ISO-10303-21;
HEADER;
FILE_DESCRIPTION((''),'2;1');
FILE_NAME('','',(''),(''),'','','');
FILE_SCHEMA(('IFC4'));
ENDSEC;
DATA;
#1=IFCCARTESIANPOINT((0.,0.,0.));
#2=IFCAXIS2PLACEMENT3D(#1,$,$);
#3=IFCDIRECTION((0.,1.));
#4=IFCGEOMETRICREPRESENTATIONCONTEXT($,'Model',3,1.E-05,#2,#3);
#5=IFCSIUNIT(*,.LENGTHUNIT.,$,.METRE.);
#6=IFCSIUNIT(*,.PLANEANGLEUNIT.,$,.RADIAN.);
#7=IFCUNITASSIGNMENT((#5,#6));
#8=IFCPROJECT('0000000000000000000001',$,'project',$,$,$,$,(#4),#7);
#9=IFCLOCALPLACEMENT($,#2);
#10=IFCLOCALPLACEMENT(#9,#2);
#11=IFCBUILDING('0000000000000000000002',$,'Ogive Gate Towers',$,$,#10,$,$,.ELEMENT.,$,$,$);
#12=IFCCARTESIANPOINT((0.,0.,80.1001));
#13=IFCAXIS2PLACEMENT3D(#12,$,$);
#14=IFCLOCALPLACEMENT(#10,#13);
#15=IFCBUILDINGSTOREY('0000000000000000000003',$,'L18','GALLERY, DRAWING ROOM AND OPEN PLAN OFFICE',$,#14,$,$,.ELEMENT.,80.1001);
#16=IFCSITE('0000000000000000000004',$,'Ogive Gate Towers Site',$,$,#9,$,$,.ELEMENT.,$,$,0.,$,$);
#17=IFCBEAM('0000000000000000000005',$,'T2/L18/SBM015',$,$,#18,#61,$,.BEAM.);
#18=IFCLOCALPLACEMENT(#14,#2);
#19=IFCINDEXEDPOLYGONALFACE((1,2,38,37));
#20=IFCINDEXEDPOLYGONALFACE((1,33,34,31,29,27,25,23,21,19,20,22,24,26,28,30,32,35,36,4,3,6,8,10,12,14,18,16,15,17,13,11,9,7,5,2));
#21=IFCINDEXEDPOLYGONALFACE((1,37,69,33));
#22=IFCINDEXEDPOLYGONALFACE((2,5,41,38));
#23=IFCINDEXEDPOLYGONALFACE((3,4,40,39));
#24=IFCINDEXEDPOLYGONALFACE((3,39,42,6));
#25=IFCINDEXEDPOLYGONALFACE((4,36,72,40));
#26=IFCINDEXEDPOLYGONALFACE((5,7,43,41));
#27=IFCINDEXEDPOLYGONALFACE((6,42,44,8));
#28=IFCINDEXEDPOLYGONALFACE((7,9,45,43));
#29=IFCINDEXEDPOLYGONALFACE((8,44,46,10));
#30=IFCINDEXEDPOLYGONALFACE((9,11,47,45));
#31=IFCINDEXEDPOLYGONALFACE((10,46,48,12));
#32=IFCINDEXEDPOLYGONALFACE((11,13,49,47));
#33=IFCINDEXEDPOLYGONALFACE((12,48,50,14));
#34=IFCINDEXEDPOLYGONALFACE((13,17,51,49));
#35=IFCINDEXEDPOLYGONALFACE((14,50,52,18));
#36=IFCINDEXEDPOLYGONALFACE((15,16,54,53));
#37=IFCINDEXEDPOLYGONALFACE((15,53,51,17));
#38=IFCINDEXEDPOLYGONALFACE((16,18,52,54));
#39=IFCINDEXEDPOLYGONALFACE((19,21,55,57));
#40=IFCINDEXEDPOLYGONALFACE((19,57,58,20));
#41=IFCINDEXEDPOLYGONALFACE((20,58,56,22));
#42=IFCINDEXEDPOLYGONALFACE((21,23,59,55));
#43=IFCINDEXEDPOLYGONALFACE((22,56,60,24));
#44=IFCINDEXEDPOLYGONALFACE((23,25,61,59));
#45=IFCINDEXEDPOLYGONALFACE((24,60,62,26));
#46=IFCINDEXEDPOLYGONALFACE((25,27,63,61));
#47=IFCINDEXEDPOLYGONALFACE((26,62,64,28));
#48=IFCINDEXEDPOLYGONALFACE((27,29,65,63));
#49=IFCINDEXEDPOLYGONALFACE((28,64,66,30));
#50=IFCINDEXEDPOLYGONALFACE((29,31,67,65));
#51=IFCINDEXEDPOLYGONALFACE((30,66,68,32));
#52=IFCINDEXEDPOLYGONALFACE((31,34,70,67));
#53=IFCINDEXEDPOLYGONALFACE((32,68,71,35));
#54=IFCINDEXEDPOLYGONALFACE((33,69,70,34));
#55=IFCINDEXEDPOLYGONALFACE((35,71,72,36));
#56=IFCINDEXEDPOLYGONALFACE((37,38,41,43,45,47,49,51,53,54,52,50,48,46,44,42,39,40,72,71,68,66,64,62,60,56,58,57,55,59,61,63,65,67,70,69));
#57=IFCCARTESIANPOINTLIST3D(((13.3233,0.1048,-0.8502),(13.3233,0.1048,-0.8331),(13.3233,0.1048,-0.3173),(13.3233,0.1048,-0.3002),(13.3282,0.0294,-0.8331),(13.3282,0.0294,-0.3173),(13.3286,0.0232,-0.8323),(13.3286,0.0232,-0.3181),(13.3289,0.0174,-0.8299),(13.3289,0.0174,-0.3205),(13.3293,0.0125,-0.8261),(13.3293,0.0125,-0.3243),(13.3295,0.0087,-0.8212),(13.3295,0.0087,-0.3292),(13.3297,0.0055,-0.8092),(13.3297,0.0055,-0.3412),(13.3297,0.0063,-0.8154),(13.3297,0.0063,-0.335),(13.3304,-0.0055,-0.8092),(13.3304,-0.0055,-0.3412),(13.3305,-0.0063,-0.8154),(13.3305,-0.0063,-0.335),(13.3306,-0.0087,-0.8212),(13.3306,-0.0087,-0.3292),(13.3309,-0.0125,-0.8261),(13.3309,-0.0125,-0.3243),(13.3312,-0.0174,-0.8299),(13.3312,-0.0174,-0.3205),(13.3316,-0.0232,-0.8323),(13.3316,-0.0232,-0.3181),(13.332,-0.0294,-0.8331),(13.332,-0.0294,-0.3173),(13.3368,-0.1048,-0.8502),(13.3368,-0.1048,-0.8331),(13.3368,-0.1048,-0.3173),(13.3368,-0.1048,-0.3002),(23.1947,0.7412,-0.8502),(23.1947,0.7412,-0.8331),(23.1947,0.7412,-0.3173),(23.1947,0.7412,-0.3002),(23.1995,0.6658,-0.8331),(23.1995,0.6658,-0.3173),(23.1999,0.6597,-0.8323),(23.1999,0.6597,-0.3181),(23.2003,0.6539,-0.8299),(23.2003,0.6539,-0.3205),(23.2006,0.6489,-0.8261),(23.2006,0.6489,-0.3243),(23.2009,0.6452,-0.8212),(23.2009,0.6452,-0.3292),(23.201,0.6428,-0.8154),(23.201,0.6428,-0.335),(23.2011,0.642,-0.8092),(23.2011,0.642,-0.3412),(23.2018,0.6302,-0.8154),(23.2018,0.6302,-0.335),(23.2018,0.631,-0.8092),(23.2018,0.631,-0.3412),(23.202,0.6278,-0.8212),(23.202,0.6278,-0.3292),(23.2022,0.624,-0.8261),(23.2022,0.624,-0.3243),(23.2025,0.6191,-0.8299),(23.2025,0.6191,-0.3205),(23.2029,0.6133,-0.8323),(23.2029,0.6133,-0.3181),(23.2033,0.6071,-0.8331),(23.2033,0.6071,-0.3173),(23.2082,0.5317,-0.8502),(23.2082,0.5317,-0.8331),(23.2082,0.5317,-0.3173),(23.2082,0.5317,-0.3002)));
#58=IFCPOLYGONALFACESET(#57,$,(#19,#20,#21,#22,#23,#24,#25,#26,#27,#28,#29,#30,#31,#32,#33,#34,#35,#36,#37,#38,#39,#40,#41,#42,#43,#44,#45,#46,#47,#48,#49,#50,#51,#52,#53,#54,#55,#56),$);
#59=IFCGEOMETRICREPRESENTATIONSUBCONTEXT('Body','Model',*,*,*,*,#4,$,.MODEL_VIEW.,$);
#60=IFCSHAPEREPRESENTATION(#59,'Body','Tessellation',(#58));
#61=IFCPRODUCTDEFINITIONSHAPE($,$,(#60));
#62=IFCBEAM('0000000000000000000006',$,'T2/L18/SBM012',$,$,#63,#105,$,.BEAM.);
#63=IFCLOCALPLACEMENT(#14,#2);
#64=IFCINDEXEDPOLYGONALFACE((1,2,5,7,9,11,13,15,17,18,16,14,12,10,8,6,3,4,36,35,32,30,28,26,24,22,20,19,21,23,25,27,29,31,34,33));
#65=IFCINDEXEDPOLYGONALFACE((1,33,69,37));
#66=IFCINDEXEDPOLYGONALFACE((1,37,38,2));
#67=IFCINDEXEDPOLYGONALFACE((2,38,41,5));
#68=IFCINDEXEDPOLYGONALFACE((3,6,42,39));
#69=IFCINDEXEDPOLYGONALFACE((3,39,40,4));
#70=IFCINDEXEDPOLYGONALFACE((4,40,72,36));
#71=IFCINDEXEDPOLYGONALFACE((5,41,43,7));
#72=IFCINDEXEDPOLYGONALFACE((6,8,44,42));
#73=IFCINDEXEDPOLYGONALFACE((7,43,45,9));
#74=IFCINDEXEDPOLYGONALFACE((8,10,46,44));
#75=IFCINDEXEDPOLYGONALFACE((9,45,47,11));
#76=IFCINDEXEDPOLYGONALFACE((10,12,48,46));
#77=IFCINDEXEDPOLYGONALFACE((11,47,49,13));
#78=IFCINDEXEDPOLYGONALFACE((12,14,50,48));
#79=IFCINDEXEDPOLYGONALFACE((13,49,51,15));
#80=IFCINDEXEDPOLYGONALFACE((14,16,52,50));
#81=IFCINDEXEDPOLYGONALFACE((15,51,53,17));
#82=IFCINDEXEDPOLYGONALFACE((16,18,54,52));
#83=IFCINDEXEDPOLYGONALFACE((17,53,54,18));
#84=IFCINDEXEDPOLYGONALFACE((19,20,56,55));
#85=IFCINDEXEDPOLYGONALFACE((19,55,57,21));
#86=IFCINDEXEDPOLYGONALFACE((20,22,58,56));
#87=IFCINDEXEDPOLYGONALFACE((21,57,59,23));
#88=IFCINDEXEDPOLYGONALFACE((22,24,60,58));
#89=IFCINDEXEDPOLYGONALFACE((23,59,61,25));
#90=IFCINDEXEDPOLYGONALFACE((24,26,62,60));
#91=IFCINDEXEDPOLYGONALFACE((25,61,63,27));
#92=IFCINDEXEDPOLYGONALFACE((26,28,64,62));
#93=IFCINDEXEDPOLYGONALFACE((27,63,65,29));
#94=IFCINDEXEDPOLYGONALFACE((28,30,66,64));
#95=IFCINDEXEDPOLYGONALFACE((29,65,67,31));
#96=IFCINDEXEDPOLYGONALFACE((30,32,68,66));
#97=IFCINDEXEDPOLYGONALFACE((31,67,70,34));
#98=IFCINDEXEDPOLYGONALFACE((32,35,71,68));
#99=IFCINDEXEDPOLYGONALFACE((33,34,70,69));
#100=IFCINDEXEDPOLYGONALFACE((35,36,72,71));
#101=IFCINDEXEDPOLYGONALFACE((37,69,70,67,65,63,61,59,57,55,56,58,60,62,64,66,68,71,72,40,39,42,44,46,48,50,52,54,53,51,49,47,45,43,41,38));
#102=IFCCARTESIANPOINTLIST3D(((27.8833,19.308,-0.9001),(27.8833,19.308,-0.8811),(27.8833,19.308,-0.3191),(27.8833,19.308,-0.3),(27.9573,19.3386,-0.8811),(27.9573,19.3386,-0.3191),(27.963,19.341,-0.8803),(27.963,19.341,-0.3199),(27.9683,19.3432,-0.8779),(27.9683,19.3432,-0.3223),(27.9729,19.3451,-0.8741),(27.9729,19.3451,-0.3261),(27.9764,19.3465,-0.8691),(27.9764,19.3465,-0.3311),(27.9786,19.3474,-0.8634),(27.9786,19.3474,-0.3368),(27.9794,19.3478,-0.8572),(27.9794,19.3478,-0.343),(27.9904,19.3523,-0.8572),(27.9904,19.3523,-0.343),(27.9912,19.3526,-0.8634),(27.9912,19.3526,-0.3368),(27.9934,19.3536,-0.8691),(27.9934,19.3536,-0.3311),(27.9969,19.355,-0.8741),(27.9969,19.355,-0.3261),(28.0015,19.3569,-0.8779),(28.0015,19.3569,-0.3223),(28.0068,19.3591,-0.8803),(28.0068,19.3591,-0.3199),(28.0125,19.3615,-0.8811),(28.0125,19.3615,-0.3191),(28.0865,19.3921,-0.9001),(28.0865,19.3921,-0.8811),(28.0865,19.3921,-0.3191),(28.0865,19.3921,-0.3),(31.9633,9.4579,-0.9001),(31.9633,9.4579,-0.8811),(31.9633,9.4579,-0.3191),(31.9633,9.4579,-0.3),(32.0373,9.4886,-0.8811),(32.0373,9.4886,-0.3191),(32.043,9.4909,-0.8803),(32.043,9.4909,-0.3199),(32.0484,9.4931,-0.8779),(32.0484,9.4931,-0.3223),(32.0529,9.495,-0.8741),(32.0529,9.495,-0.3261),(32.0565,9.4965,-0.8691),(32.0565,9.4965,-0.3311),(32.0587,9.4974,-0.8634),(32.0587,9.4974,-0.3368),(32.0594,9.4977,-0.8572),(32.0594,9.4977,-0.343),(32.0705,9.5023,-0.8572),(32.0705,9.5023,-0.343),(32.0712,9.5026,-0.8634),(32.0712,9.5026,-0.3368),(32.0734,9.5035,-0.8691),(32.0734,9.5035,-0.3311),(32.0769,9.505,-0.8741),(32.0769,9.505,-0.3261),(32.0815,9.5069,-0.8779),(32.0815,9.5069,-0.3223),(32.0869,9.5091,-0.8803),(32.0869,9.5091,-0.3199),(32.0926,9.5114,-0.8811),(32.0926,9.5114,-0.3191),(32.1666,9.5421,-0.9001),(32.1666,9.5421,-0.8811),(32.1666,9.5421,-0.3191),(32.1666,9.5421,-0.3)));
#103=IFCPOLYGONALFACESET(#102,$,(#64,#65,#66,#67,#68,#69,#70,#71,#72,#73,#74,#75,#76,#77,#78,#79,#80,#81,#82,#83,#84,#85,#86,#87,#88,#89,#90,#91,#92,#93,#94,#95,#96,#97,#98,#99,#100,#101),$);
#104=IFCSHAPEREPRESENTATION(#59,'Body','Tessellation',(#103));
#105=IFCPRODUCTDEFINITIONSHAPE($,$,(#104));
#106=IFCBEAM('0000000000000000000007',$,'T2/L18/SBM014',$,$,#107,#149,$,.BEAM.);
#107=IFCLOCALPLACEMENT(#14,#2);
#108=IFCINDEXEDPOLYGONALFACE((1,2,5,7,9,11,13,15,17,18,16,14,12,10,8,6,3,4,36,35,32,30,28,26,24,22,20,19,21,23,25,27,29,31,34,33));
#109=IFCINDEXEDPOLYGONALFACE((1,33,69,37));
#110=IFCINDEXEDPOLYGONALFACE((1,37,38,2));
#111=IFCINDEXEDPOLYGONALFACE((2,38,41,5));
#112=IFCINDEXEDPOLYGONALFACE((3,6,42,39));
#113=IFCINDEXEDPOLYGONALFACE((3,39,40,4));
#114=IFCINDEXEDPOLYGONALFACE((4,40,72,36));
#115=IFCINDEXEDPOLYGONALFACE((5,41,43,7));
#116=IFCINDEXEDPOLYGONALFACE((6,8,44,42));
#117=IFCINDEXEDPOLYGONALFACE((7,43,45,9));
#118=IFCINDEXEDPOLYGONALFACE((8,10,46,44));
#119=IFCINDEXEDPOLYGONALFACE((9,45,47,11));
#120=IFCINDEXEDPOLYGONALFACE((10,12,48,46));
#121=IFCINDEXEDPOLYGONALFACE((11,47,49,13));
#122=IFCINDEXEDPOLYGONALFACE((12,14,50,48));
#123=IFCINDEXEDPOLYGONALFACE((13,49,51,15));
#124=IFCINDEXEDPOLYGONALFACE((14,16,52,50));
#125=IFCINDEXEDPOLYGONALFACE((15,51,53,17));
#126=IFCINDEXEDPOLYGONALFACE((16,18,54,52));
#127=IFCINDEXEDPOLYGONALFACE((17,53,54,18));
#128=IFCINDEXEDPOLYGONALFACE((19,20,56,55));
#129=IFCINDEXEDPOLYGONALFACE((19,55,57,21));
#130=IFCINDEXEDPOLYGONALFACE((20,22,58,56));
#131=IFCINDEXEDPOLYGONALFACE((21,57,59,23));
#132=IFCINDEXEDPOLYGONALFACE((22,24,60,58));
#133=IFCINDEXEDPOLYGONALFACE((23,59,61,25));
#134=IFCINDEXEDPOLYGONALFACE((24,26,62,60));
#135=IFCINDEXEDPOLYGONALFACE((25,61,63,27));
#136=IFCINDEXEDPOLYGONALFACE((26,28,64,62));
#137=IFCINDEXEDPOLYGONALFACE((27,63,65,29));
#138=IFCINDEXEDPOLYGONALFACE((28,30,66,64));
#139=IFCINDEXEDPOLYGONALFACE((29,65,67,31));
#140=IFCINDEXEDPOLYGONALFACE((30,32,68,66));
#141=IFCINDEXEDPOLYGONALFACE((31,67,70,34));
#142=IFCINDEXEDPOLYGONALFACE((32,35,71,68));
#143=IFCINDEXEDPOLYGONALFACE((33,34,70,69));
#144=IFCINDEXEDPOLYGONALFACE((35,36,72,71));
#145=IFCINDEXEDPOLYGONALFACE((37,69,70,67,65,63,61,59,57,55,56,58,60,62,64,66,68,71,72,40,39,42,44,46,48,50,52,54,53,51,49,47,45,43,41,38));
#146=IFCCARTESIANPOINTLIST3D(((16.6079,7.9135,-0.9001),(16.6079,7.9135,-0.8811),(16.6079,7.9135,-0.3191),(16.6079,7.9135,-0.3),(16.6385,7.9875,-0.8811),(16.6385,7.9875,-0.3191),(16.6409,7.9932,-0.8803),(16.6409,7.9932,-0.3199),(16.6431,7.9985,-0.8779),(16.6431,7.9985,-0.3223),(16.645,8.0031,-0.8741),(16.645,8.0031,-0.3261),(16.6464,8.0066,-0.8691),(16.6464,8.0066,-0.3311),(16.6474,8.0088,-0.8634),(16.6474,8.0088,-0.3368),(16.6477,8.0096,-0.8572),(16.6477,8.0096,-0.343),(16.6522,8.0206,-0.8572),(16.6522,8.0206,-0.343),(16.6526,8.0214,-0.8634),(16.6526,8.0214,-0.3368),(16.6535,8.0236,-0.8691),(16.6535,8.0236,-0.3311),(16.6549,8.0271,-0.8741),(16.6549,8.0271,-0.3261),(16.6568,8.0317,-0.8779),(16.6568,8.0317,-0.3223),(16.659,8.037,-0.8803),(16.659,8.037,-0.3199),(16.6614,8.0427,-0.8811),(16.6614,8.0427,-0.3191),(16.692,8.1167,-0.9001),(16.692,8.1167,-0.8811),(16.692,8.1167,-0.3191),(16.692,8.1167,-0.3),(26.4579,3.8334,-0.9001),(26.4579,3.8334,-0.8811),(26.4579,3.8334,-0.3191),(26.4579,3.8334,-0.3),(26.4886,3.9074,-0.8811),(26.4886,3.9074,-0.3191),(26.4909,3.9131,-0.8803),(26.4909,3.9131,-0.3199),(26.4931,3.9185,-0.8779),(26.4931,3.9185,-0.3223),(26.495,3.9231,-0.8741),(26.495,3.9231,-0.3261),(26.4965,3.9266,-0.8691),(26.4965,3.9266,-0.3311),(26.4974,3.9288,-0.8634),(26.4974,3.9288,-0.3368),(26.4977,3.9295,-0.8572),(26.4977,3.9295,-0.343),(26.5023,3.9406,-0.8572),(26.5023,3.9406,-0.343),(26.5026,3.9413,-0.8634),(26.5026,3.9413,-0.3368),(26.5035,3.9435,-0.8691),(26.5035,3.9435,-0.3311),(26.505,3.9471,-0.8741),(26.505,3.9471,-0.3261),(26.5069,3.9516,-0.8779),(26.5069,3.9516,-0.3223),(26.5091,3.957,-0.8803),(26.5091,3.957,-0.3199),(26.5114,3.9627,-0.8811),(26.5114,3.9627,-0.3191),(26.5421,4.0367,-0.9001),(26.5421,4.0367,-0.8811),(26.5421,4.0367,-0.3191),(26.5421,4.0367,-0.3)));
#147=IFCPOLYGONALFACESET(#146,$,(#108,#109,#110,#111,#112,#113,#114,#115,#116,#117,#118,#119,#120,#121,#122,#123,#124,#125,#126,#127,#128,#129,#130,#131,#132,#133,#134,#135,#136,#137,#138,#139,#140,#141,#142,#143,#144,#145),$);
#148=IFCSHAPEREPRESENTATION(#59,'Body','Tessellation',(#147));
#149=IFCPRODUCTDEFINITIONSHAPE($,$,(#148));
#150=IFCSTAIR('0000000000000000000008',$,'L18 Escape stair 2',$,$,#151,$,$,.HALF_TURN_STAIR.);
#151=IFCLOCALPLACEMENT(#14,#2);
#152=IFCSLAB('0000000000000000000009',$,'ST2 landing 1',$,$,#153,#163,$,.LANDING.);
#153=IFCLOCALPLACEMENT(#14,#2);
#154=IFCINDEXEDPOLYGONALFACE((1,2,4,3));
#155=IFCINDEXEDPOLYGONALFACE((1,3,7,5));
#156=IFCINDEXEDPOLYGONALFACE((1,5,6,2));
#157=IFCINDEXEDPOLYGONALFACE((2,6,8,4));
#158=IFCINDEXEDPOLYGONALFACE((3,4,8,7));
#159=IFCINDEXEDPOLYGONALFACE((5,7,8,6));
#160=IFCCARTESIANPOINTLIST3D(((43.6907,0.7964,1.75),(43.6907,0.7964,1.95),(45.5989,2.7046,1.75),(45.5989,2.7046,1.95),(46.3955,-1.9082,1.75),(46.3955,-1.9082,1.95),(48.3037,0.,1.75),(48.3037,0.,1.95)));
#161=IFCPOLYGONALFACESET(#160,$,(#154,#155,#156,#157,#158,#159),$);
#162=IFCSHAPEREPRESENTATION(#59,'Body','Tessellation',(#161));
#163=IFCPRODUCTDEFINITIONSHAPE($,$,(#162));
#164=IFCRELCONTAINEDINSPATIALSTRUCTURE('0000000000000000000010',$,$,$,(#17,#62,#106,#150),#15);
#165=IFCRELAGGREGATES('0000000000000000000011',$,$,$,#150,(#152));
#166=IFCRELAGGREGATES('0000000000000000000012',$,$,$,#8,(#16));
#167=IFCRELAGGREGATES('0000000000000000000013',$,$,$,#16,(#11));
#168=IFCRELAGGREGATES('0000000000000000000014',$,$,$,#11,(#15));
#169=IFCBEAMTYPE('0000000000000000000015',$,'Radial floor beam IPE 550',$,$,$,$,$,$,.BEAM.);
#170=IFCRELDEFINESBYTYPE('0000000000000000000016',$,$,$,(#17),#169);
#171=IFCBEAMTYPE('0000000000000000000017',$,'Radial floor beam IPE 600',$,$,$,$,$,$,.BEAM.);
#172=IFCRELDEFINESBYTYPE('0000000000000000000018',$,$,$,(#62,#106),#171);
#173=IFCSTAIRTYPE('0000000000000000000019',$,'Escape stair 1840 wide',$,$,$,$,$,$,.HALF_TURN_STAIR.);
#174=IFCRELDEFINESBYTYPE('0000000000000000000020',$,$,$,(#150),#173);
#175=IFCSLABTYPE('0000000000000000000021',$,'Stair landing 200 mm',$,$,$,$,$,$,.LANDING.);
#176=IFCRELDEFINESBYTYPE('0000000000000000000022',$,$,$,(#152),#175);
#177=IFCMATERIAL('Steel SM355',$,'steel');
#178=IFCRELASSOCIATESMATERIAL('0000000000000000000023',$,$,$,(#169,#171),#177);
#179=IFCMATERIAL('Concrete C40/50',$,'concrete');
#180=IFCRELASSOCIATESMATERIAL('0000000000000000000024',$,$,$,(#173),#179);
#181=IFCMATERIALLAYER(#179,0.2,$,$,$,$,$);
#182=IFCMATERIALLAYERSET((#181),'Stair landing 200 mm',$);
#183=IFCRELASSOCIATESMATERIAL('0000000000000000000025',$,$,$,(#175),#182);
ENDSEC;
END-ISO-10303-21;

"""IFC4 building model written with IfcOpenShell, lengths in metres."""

from ifc_helpers import new_model, si_unit, direction, frame, origin, origin_2d, place, context, subcontext, project, spatial, polyline, i_section, outline, extrude, material, layer, layer_set, material_profile, profile_set, type_object, element, aggregate, save


model = new_model("IFC4")

# Units and contexts
model_context = context("Model", 3, precision=1e-05, world=origin(), true_north=direction((0.0, 1.0)))
body_context = subcontext(model_context, "Body", "Model", "MODEL_VIEW")
ifc_project = project(units=[si_unit("LENGTHUNIT", "METRE"), si_unit("PLANEANGLEUNIT", "RADIAN")], contexts=[model_context])

# Site, building, storey
site_placement = place(None, origin())
site = spatial("IfcSite", under=ifc_project, at=site_placement, Name="Ogive Gate Towers Site", CompositionType="ELEMENT", RefElevation=0.0)
building_placement = place(site_placement, origin())
building = spatial("IfcBuilding", under=site, at=building_placement, Name="Ogive Gate Towers", CompositionType="ELEMENT")
storey_placement = place(building_placement, frame((0.0, 0.0, 80.1001)))
storey = spatial("IfcBuildingStorey", under=building, at=storey_placement, Name="L18", Description="GALLERY, DRAWING ROOM AND OPEN PLAN OFFICE", CompositionType="ELEMENT", Elevation=80.1001)

# Beams
ifc_material_1 = material(Name="Concrete C40/50", Category="concrete")
ifc_material_2 = material(Name="Steel SM355", Category="steel")
ifc_material_profile_1 = material_profile(ifc_material_2, i_section(OverallWidth=0.21, OverallDepth=0.55, WebThickness=0.011, FlangeThickness=0.0171, FilletRadius=0.0239, at=origin_2d()), Name="IPE 550")
ifc_profile_set_1 = profile_set([ifc_material_profile_1], Name="Steel SM355")
beam_type_1 = type_object("IfcBeamType", Name="Radial floor beam IPE 550", PredefinedType="BEAM", material=ifc_profile_set_1)
beam_1_placement = place(storey_placement, frame((23.2014, 0.6365, -0.5752), z_axis=(-0.997928, -0.064343, 0.0), x_axis=(0.064343, -0.997928, 0.0)))
element("IfcBeam", 1, at=beam_1_placement, inside=storey, type_object=beam_type_1, Name="T2/L18/SBM015", PredefinedType="BEAM", context=body_context, shape_type="SweptSolid", body=[
    extrude(i_section(OverallWidth=0.21, OverallDepth=0.55, WebThickness=0.011, FlangeThickness=0.0171, FilletRadius=0.0239, at=origin_2d()), origin(), (0.0, 0.0, 1.0), 9.8918),
])
ifc_material_profile_2 = material_profile(ifc_material_2, i_section(OverallWidth=0.22, OverallDepth=0.6001, WebThickness=0.012, FlangeThickness=0.019, FilletRadius=0.0239, at=origin_2d()), Name="IPE 600")
ifc_profile_set_2 = profile_set([ifc_material_profile_2], Name="Steel SM355")
beam_type_2 = type_object("IfcBeamType", Name="Radial floor beam IPE 600", PredefinedType="BEAM", material=ifc_profile_set_2)
for number, where, z_axis, x_axis, name in (
    (2, (32.0649, 9.5, -0.6001), (-0.382686, 0.923878, 0.0), (-0.923878, -0.382686, 0.0), "T2/L18/SBM012"),
    (3, (26.5, 3.9351, -0.6001), (-0.923878, 0.382686, 0.0), (-0.382686, -0.923878, 0.0), "T2/L18/SBM014"),
):
    element("IfcBeam", number, at=place(storey_placement, frame(where, z_axis=z_axis, x_axis=x_axis)), inside=storey, type_object=beam_type_2, Name=name, PredefinedType="BEAM", context=body_context, shape_type="SweptSolid", body=[
        extrude(i_section(OverallWidth=0.22, OverallDepth=0.6001, WebThickness=0.012, FlangeThickness=0.019, FilletRadius=0.0239, at=origin_2d()), origin(), (0.0, 0.0, 1.0), 10.6616),
    ])

# Stair, slab
stair_type = type_object("IfcStairType", Name="Escape stair 1840 wide", PredefinedType="HALF_TURN_STAIR", material=ifc_material_1)
stair_1_placement = place(storey_placement, origin())
stair_1 = element("IfcStair", 4, at=stair_1_placement, inside=storey, type_object=stair_type, Name="L18 Escape stair 2", PredefinedType="HALF_TURN_STAIR")
ifc_layer_1 = layer(ifc_material_1, 0.2)
ifc_layer_set_1 = layer_set([ifc_layer_1], Name="Stair landing 200 mm")
slab_type = type_object("IfcSlabType", Name="Stair landing 200 mm", PredefinedType="LANDING", material=ifc_layer_set_1)
slab_placement = place(storey_placement, frame((0.0, 0.0, 1.75)))
slab = element("IfcSlab", 5, at=slab_placement, type_object=slab_type, Name="ST2 landing 1", PredefinedType="LANDING", context=body_context, shape_type="SweptSolid", body=[
    extrude(outline(polyline([(46.3955, -1.9082), (48.3037, 0.0), (45.5989, 2.7046), (43.6907, 0.7964), (46.3955, -1.9082)])), origin(), (0.0, 0.0, 1.0), 0.2),
])
aggregate(stair_1, [slab])

save(model, "model.ifc")
